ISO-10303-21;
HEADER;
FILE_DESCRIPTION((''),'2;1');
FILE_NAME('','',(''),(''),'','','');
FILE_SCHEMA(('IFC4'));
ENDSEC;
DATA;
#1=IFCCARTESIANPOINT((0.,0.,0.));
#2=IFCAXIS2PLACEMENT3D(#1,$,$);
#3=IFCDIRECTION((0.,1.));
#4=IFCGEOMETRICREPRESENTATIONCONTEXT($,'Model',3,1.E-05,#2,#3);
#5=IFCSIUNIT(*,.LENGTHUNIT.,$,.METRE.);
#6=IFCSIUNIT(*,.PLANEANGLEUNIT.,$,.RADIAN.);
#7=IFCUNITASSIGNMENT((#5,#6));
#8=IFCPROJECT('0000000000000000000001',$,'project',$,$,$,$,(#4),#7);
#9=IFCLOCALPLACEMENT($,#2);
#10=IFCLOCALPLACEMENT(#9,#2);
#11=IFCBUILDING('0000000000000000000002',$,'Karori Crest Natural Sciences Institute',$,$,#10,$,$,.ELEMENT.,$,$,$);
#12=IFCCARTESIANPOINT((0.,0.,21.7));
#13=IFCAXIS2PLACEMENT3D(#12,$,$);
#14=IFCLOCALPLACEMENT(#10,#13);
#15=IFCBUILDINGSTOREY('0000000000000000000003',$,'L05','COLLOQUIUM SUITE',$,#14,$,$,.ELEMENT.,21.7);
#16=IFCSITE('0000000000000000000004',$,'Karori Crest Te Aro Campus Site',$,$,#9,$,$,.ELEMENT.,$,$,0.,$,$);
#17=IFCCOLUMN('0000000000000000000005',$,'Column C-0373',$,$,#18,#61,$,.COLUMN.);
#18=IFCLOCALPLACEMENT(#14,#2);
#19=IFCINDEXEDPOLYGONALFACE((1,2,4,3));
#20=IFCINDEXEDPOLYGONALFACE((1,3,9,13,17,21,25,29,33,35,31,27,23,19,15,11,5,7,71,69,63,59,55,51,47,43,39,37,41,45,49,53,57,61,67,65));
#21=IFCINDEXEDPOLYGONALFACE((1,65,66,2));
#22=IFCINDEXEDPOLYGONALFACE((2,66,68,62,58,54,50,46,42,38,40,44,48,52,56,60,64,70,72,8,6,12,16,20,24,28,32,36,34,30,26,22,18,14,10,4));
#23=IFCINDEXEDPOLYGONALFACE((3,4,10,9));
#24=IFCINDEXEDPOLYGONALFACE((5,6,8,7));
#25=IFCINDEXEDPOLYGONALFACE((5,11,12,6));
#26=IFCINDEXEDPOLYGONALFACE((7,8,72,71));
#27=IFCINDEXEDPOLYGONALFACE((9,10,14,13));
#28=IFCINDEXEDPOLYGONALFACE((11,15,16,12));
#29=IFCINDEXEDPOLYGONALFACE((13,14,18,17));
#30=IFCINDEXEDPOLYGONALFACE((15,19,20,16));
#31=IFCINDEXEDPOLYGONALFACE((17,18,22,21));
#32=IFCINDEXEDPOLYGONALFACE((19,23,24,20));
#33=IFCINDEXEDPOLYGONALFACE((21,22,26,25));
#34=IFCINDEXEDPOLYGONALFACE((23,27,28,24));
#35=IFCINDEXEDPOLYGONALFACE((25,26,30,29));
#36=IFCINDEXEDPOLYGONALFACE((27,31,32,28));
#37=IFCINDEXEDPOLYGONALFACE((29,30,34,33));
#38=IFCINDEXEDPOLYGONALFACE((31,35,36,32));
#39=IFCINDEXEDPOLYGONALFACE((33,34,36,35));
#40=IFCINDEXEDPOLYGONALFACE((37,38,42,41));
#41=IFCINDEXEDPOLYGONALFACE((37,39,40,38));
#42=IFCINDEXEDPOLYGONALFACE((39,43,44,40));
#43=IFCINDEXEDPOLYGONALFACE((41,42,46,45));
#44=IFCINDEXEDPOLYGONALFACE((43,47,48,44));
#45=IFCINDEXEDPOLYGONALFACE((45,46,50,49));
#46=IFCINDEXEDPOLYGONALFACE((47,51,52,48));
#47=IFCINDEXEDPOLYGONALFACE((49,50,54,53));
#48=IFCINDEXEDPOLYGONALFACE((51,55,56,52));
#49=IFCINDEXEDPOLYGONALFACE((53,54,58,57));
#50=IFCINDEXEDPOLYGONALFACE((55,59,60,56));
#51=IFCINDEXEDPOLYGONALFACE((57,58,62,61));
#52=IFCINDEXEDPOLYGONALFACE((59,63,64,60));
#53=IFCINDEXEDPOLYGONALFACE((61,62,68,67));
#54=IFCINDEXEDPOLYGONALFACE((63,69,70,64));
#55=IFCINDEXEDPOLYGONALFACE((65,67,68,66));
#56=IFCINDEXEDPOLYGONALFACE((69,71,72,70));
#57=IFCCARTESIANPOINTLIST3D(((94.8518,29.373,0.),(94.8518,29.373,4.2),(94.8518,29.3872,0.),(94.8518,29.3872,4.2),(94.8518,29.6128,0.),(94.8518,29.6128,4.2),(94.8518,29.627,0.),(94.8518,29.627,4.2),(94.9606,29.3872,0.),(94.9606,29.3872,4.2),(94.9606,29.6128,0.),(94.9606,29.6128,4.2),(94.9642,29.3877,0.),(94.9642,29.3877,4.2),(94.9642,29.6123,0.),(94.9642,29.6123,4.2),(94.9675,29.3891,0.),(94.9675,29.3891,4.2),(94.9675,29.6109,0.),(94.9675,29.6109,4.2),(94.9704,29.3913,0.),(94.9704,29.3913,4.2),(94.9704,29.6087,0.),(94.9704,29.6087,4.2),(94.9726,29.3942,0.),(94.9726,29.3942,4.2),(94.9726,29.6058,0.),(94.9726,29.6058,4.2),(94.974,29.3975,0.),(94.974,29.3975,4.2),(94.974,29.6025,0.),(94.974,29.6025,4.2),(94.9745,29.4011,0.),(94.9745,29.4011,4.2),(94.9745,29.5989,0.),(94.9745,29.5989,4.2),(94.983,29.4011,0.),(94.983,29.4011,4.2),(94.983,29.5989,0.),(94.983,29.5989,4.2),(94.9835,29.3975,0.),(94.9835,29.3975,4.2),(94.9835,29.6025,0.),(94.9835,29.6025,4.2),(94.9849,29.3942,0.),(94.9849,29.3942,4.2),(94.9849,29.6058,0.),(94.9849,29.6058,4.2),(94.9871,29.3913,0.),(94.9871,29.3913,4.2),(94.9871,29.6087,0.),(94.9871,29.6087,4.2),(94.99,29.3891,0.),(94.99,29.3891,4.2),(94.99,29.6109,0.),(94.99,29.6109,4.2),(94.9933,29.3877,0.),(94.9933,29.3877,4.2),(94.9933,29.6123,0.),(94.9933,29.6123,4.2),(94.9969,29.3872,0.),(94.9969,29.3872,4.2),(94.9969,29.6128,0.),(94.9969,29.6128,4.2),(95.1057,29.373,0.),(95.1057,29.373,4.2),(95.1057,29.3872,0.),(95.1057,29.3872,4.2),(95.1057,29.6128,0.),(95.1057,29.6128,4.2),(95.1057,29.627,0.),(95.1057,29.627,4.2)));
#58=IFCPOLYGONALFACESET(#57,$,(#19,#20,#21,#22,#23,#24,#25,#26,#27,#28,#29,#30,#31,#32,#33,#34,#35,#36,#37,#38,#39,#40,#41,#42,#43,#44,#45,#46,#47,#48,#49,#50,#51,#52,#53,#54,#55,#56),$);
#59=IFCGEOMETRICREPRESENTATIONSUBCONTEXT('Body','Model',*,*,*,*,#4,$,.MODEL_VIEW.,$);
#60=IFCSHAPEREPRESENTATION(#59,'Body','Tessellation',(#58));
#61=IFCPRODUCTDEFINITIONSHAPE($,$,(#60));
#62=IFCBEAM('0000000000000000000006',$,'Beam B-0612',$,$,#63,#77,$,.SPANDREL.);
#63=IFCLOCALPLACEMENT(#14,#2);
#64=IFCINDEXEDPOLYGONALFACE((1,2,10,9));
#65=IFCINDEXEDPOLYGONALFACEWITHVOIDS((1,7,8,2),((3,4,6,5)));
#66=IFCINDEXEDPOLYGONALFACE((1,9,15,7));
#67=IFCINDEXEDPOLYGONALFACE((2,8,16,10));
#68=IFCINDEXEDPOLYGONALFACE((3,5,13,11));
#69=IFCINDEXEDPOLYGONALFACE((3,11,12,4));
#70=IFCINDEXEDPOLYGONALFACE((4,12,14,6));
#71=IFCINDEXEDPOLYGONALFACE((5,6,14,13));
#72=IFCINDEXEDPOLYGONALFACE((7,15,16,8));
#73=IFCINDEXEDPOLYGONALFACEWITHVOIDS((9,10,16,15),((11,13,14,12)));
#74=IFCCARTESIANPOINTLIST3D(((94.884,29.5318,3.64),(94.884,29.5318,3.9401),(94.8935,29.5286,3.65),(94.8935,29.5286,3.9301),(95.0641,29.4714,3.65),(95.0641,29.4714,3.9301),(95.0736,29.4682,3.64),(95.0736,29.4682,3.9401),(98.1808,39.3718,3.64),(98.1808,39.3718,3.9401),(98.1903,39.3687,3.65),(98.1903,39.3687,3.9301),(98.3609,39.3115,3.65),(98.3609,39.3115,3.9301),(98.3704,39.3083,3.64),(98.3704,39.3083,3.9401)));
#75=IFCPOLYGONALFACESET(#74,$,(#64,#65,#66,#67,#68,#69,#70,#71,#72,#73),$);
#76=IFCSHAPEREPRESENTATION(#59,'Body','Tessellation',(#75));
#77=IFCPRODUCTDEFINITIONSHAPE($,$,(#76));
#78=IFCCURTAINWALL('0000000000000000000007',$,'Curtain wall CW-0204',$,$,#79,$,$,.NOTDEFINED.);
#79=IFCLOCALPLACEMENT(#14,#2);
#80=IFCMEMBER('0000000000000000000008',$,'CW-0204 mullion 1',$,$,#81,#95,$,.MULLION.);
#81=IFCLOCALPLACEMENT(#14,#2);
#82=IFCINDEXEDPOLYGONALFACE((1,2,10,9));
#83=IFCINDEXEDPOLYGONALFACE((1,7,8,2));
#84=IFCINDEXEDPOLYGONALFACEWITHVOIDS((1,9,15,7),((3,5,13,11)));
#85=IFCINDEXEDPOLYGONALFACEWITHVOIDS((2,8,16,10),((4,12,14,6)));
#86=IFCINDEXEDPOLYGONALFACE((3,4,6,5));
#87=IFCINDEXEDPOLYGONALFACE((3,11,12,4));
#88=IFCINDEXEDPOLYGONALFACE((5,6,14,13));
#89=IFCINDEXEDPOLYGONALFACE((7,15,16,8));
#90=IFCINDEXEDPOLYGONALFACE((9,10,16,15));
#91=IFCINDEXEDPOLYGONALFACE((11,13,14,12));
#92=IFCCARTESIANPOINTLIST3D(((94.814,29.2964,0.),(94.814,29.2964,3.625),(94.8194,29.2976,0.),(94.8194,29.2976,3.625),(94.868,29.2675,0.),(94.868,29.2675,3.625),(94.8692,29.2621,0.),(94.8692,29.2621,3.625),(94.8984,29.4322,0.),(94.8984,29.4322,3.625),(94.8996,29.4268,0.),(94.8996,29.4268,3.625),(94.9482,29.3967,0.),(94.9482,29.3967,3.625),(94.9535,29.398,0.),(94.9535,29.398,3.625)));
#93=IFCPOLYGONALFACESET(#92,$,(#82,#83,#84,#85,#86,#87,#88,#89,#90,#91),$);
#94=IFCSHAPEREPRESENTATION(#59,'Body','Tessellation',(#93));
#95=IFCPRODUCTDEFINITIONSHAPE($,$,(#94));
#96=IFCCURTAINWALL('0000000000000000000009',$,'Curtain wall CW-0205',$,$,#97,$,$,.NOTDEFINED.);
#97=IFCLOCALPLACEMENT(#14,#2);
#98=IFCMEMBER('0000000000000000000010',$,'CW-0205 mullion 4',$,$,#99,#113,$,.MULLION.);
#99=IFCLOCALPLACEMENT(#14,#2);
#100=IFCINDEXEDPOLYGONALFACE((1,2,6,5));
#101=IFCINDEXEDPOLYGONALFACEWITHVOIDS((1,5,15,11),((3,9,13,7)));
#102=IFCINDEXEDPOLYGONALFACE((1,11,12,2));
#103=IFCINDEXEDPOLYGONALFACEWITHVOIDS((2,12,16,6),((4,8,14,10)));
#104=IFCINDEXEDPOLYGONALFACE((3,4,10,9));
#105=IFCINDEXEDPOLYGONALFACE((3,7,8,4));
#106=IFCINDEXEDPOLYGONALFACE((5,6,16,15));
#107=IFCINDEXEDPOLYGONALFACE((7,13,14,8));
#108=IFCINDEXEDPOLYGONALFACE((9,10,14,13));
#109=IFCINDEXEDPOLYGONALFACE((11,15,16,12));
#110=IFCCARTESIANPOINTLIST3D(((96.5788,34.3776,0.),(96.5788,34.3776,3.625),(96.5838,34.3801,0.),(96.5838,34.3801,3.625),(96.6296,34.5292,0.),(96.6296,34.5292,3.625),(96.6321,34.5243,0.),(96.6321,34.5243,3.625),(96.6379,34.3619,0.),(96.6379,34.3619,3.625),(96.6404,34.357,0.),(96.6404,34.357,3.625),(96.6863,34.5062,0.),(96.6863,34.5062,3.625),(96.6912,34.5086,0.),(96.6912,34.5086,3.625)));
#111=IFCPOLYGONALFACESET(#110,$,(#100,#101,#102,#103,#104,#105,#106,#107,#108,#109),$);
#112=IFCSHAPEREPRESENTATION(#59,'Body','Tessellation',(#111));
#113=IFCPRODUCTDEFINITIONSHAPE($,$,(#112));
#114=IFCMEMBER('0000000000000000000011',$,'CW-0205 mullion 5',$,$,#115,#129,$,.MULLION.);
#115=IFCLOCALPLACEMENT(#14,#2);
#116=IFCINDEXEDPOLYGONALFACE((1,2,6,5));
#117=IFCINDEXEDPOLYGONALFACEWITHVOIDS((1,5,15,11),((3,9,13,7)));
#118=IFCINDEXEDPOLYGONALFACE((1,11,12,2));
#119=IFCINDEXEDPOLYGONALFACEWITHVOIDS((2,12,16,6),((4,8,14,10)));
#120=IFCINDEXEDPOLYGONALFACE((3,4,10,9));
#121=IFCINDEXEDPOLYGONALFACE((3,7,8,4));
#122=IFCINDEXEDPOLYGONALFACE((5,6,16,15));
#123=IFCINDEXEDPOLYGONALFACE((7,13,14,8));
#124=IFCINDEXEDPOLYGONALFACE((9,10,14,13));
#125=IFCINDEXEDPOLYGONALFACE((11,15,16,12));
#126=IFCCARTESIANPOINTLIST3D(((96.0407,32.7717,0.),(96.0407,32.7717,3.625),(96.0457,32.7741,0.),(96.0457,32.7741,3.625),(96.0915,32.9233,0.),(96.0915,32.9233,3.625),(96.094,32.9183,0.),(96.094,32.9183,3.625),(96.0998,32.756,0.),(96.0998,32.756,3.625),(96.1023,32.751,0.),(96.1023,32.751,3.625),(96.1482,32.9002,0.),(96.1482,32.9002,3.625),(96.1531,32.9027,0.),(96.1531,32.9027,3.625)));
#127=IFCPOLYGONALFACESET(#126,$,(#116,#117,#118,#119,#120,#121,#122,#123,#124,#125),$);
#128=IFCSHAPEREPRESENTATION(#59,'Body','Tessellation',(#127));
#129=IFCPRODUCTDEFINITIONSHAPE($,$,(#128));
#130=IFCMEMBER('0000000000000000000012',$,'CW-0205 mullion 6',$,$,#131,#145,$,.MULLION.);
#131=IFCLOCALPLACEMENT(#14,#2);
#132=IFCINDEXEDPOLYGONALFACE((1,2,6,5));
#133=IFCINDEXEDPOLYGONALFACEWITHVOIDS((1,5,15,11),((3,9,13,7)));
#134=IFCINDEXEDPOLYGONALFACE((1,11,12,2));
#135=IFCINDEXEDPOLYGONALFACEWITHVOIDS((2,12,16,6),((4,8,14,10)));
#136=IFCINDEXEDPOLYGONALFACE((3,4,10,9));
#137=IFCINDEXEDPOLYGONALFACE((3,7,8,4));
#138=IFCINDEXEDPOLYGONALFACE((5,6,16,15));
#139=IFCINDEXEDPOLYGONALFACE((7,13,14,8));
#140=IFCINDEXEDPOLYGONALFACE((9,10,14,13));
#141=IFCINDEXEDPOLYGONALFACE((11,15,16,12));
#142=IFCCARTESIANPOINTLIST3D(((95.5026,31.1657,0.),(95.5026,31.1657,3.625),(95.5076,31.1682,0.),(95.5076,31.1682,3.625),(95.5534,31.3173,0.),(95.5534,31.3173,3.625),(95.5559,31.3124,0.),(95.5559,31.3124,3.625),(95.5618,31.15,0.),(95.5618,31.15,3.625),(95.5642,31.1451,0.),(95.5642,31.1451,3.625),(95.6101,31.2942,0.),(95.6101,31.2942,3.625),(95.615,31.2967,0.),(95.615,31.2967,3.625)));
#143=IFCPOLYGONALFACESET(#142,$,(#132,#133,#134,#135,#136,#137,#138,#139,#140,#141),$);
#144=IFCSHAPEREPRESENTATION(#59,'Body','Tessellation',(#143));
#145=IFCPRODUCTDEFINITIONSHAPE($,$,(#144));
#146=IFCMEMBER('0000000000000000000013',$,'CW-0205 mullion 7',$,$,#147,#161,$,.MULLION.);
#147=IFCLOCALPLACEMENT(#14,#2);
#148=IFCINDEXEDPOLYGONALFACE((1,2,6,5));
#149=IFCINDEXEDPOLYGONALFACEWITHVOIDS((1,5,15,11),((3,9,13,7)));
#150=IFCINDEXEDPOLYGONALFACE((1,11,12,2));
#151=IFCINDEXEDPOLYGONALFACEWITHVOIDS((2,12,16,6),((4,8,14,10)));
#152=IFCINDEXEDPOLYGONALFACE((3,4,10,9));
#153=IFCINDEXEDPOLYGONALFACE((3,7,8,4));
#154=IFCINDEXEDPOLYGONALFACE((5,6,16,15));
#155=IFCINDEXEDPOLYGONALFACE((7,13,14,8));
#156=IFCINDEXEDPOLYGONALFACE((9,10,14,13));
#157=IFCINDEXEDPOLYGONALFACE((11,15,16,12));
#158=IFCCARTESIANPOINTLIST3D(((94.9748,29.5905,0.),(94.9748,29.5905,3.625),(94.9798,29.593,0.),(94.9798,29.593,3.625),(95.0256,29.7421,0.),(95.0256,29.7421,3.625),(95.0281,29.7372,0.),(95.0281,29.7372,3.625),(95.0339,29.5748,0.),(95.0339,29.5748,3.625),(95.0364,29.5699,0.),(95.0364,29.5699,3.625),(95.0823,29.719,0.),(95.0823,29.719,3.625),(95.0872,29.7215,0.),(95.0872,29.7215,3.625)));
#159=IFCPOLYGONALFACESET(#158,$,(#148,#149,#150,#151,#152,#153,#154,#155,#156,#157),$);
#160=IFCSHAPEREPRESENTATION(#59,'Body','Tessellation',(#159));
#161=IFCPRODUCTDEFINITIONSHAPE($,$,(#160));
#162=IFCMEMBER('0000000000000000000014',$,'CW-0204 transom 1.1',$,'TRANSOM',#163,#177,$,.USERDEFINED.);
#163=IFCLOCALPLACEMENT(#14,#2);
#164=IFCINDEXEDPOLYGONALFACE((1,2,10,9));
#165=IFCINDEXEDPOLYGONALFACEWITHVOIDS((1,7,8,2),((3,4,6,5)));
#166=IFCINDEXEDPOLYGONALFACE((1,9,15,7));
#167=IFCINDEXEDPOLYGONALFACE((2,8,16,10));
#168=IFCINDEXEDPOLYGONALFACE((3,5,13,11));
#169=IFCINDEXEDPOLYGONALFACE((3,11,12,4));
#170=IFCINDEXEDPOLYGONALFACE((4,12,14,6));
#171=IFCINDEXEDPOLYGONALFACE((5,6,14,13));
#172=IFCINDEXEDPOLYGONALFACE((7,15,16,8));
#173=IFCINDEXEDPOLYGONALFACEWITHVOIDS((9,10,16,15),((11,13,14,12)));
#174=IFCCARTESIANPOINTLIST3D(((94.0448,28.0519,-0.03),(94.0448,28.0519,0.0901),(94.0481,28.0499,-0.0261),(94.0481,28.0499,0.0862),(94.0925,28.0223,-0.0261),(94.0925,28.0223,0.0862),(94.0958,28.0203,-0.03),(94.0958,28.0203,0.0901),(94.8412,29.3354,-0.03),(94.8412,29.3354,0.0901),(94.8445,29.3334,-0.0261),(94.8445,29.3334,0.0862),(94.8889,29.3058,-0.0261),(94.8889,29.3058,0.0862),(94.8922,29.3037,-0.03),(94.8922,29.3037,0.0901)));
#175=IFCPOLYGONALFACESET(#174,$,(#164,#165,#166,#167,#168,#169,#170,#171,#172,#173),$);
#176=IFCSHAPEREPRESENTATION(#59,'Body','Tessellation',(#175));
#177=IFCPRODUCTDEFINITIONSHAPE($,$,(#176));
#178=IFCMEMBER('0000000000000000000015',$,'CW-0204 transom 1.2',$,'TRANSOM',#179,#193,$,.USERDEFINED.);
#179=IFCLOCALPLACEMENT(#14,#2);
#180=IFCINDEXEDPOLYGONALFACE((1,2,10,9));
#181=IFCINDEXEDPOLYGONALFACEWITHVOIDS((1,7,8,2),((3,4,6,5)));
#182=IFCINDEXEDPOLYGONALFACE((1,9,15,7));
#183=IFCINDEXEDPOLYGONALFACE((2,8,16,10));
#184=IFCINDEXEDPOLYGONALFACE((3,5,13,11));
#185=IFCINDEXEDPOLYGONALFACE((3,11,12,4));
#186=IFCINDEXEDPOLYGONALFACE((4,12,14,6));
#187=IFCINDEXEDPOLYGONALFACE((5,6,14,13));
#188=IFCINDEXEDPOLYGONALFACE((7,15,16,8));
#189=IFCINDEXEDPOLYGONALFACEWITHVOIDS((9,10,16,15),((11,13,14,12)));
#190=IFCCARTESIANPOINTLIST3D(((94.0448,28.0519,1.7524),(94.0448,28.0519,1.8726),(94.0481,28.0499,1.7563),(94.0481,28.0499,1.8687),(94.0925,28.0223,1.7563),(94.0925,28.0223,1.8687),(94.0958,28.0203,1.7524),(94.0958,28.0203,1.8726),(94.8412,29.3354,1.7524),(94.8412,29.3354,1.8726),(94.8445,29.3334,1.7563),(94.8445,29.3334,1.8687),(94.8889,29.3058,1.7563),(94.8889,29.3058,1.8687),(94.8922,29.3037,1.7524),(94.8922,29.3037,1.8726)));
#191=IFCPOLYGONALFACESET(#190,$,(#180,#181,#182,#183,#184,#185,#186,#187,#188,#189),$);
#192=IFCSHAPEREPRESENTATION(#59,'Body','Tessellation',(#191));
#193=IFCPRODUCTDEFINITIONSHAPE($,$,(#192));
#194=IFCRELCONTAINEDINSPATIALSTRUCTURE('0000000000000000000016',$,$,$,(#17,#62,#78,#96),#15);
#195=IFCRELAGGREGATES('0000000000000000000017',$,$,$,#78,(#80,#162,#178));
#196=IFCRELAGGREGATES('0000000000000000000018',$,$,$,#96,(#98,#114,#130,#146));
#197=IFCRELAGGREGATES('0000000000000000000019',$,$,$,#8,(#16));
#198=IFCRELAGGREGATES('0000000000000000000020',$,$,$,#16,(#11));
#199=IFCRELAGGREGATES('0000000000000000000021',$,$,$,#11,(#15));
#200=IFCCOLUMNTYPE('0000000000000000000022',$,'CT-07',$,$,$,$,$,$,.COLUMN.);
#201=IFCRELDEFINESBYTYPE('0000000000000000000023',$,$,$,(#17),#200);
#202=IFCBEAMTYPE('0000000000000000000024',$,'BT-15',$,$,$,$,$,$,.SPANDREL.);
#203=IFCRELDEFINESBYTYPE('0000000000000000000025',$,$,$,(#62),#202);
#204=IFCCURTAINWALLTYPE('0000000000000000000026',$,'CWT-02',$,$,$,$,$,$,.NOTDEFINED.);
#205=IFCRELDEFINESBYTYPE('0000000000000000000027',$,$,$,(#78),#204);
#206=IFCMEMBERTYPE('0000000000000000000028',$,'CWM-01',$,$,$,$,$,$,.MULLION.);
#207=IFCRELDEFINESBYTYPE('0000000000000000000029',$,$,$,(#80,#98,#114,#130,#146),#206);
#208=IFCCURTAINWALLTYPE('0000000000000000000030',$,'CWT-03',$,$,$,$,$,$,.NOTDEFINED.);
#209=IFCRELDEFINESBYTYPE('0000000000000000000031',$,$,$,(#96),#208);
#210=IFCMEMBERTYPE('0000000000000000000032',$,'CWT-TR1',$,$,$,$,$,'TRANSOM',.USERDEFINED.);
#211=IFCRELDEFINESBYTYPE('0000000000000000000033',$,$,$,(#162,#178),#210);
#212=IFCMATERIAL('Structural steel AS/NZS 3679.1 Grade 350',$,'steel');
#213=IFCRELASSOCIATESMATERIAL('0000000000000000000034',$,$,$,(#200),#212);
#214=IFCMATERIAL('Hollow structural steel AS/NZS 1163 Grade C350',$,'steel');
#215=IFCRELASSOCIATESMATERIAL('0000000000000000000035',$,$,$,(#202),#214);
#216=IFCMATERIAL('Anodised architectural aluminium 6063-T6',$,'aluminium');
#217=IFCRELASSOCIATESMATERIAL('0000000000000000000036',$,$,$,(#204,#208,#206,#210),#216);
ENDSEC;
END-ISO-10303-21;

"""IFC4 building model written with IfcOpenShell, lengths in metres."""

from ifc_helpers import new_model, si_unit, direction, frame, origin, origin_2d, place, context, subcontext, project, spatial, hollow_rectangle, i_section, extrude, material, material_profile, profile_set, type_object, element, aggregate, save


model = new_model("IFC4")

# Units and contexts
model_context = context("Model", 3, precision=1e-05, world=origin(), true_north=direction((0.0, 1.0)))
body_context = subcontext(model_context, "Body", "Model", "MODEL_VIEW")
ifc_project = project(units=[si_unit("LENGTHUNIT", "METRE"), si_unit("PLANEANGLEUNIT", "RADIAN")], contexts=[model_context])

# Site, building, storey
site_placement = place(None, origin())
site = spatial("IfcSite", under=ifc_project, at=site_placement, Name="Karori Crest Te Aro Campus Site", CompositionType="ELEMENT", RefElevation=0.0)
building_placement = place(site_placement, origin())
building = spatial("IfcBuilding", under=site, at=building_placement, Name="Karori Crest Natural Sciences Institute", CompositionType="ELEMENT")
storey_placement = place(building_placement, frame((0.0, 0.0, 21.7)))
storey = spatial("IfcBuildingStorey", under=building, at=storey_placement, Name="L05", Description="COLLOQUIUM SUITE", CompositionType="ELEMENT", Elevation=21.7)

# Column
ifc_material_1 = material(Name="Structural steel AS/NZS 3679.1 Grade 350", Category="steel")
ifc_material_profile_1 = material_profile(ifc_material_1, i_section(OverallWidth=0.2539, OverallDepth=0.2539, WebThickness=0.0085, FlangeThickness=0.0142, FilletRadius=0.0139, at=origin_2d()), Name="250UC72.9")
ifc_profile_set_1 = profile_set([ifc_material_profile_1], Name="Structural steel AS/NZS 3679.1 Grade 350")
column_type = type_object("IfcColumnType", Name="CT-07", PredefinedType="COLUMN", material=ifc_profile_set_1)
column_placement = place(storey_placement, frame((94.9788, 29.5, 0.0), z_axis=(0.0, 0.0, 1.0), x_axis=(1.0, 0.0, 0.0)))
element("IfcColumn", 1, at=column_placement, inside=storey, type_object=column_type, Name="Column C-0373", PredefinedType="COLUMN", context=body_context, shape_type="SweptSolid", body=[
    extrude(i_section(OverallWidth=0.2539, OverallDepth=0.2539, WebThickness=0.0085, FlangeThickness=0.0142, FilletRadius=0.0139, at=origin_2d()), origin(), (0.0, 0.0, 1.0), 4.2),
])

# Beam
ifc_material_2 = material(Name="Hollow structural steel AS/NZS 1163 Grade C350", Category="steel")
ifc_material_profile_2 = material_profile(ifc_material_2, hollow_rectangle(XDim=0.2, YDim=0.3, WallThickness=0.01, at=origin_2d()), Name="RHS300x200x10")
ifc_profile_set_2 = profile_set([ifc_material_profile_2], Name="Hollow structural steel AS/NZS 1163 Grade C350")
beam_type = type_object("IfcBeamType", Name="BT-15", PredefinedType="SPANDREL", material=ifc_profile_set_2)
beam_placement = place(storey_placement, frame((94.9788, 29.5, 3.79), z_axis=(0.317688, 0.948195, 0.0), x_axis=(-0.948195, 0.317688, 0.0)))
element("IfcBeam", 2, at=beam_placement, inside=storey, type_object=beam_type, Name="Beam B-0612", PredefinedType="SPANDREL", context=body_context, shape_type="SweptSolid", body=[
    extrude(hollow_rectangle(XDim=0.2, YDim=0.3, WallThickness=0.01, at=origin_2d()), origin(), (0.0, 0.0, 1.0), 10.3777),
])

# Curtain wall, member
ifc_material_3 = material(Name="Anodised architectural aluminium 6063-T6", Category="aluminium")
curtain_wall_type_1 = type_object("IfcCurtainWallType", Name="CWT-02", PredefinedType="NOTDEFINED", material=ifc_material_3)
curtain_wall_1_placement = place(storey_placement, origin())
curtain_wall_1 = element("IfcCurtainWall", 3, at=curtain_wall_1_placement, inside=storey, type_object=curtain_wall_type_1, Name="Curtain wall CW-0204", PredefinedType="NOTDEFINED")
ifc_material_profile_3 = material_profile(ifc_material_3, hollow_rectangle(XDim=0.0649, YDim=0.1599, WallThickness=0.0039, at=origin_2d()), Name="CWM160x65x4")
ifc_profile_set_3 = profile_set([ifc_material_profile_3], Name="Anodised architectural aluminium 6063-T6")
member_type_1 = type_object("IfcMemberType", Name="CWM-01", PredefinedType="MULLION", material=ifc_profile_set_3)
member_1_placement = place(storey_placement, frame((94.8838, 29.3472, 0.0), z_axis=(0.0, 0.0, 1.0), x_axis=(0.849664, -0.527324, 0.0)))
member_1 = element("IfcMember", 4, at=member_1_placement, type_object=member_type_1, Name="CW-0204 mullion 1", PredefinedType="MULLION", context=body_context, shape_type="SweptSolid", body=[
    extrude(hollow_rectangle(XDim=0.0649, YDim=0.1599, WallThickness=0.0039, at=origin_2d()), origin(), (0.0, 0.0, 1.0), 3.625),
])

# Curtain wall, members
curtain_wall_type_2 = type_object("IfcCurtainWallType", Name="CWT-03", PredefinedType="NOTDEFINED", material=ifc_material_3)
curtain_wall_2_placement = place(storey_placement, origin())
curtain_wall_2 = element("IfcCurtainWall", 5, at=curtain_wall_2_placement, inside=storey, type_object=curtain_wall_type_2, Name="Curtain wall CW-0205", PredefinedType="NOTDEFINED")
member_2_placement = place(storey_placement, frame((96.635, 34.4431, 0.0), z_axis=(0.0, 0.0, 1.0), x_axis=(0.948198, -0.31768, 0.0)))
member_2 = element("IfcMember", 6, at=member_2_placement, type_object=member_type_1, Name="CW-0205 mullion 4", PredefinedType="MULLION", context=body_context, shape_type="SweptSolid", body=[
    extrude(hollow_rectangle(XDim=0.0649, YDim=0.1599, WallThickness=0.0039, at=origin_2d()), origin(), (0.0, 0.0, 1.0), 3.625),
])
member_3_placement = place(storey_placement, frame((96.0969, 32.8372, 0.0), z_axis=(0.0, 0.0, 1.0), x_axis=(0.948198, -0.31768, 0.0)))
member_3 = element("IfcMember", 7, at=member_3_placement, type_object=member_type_1, Name="CW-0205 mullion 5", PredefinedType="MULLION", context=body_context, shape_type="SweptSolid", body=[
    extrude(hollow_rectangle(XDim=0.0649, YDim=0.1599, WallThickness=0.0039, at=origin_2d()), origin(), (0.0, 0.0, 1.0), 3.625),
])
member_4_placement = place(storey_placement, frame((95.5588, 31.2312, 0.0), z_axis=(0.0, 0.0, 1.0), x_axis=(0.948198, -0.31768, 0.0)))
member_4 = element("IfcMember", 8, at=member_4_placement, type_object=member_type_1, Name="CW-0205 mullion 6", PredefinedType="MULLION", context=body_context, shape_type="SweptSolid", body=[
    extrude(hollow_rectangle(XDim=0.0649, YDim=0.1599, WallThickness=0.0039, at=origin_2d()), origin(), (0.0, 0.0, 1.0), 3.625),
])
member_5_placement = place(storey_placement, frame((95.031, 29.656, 0.0), z_axis=(0.0, 0.0, 1.0), x_axis=(0.948198, -0.31768, 0.0)))
member_5 = element("IfcMember", 9, at=member_5_placement, type_object=member_type_1, Name="CW-0205 mullion 7", PredefinedType="MULLION", context=body_context, shape_type="SweptSolid", body=[
    extrude(hollow_rectangle(XDim=0.0649, YDim=0.1599, WallThickness=0.0039, at=origin_2d()), origin(), (0.0, 0.0, 1.0), 3.625),
])

# Members
ifc_material_profile_4 = material_profile(ifc_material_3, hollow_rectangle(XDim=0.0601, YDim=0.1201, WallThickness=0.0039, at=origin_2d()), Name="CWT120x60x4")
ifc_profile_set_4 = profile_set([ifc_material_profile_4], Name="Anodised architectural aluminium 6063-T6")
member_type_2 = type_object("IfcMemberType", Name="CWT-TR1", ElementType="TRANSOM", PredefinedType="USERDEFINED", material=ifc_profile_set_4)
member_6_placement = place(storey_placement, frame((94.8667, 29.3196, 0.03), z_axis=(-0.52725, -0.84971, 0.0), x_axis=(0.84971, -0.52725, 0.0)))
member_6 = element("IfcMember", 10, at=member_6_placement, type_object=member_type_2, Name="CW-0204 transom 1.1", ObjectType="TRANSOM", PredefinedType="USERDEFINED", context=body_context, shape_type="SweptSolid", body=[
    extrude(hollow_rectangle(XDim=0.0601, YDim=0.1201, WallThickness=0.0039, at=origin_2d()), origin(), (0.0, 0.0, 1.0), 1.5105),
])
member_7_placement = place(storey_placement, frame((94.8667, 29.3196, 1.8125), z_axis=(-0.52725, -0.84971, 0.0), x_axis=(0.84971, -0.52725, 0.0)))
member_7 = element("IfcMember", 11, at=member_7_placement, type_object=member_type_2, Name="CW-0204 transom 1.2", ObjectType="TRANSOM", PredefinedType="USERDEFINED", context=body_context, shape_type="SweptSolid", body=[
    extrude(hollow_rectangle(XDim=0.0601, YDim=0.1201, WallThickness=0.0039, at=origin_2d()), origin(), (0.0, 0.0, 1.0), 1.5105),
])
aggregate(curtain_wall_1, [member_1, member_6, member_7])

aggregate(curtain_wall_2, [member_2, member_3, member_4, member_5])

save(model, "model.ifc")
